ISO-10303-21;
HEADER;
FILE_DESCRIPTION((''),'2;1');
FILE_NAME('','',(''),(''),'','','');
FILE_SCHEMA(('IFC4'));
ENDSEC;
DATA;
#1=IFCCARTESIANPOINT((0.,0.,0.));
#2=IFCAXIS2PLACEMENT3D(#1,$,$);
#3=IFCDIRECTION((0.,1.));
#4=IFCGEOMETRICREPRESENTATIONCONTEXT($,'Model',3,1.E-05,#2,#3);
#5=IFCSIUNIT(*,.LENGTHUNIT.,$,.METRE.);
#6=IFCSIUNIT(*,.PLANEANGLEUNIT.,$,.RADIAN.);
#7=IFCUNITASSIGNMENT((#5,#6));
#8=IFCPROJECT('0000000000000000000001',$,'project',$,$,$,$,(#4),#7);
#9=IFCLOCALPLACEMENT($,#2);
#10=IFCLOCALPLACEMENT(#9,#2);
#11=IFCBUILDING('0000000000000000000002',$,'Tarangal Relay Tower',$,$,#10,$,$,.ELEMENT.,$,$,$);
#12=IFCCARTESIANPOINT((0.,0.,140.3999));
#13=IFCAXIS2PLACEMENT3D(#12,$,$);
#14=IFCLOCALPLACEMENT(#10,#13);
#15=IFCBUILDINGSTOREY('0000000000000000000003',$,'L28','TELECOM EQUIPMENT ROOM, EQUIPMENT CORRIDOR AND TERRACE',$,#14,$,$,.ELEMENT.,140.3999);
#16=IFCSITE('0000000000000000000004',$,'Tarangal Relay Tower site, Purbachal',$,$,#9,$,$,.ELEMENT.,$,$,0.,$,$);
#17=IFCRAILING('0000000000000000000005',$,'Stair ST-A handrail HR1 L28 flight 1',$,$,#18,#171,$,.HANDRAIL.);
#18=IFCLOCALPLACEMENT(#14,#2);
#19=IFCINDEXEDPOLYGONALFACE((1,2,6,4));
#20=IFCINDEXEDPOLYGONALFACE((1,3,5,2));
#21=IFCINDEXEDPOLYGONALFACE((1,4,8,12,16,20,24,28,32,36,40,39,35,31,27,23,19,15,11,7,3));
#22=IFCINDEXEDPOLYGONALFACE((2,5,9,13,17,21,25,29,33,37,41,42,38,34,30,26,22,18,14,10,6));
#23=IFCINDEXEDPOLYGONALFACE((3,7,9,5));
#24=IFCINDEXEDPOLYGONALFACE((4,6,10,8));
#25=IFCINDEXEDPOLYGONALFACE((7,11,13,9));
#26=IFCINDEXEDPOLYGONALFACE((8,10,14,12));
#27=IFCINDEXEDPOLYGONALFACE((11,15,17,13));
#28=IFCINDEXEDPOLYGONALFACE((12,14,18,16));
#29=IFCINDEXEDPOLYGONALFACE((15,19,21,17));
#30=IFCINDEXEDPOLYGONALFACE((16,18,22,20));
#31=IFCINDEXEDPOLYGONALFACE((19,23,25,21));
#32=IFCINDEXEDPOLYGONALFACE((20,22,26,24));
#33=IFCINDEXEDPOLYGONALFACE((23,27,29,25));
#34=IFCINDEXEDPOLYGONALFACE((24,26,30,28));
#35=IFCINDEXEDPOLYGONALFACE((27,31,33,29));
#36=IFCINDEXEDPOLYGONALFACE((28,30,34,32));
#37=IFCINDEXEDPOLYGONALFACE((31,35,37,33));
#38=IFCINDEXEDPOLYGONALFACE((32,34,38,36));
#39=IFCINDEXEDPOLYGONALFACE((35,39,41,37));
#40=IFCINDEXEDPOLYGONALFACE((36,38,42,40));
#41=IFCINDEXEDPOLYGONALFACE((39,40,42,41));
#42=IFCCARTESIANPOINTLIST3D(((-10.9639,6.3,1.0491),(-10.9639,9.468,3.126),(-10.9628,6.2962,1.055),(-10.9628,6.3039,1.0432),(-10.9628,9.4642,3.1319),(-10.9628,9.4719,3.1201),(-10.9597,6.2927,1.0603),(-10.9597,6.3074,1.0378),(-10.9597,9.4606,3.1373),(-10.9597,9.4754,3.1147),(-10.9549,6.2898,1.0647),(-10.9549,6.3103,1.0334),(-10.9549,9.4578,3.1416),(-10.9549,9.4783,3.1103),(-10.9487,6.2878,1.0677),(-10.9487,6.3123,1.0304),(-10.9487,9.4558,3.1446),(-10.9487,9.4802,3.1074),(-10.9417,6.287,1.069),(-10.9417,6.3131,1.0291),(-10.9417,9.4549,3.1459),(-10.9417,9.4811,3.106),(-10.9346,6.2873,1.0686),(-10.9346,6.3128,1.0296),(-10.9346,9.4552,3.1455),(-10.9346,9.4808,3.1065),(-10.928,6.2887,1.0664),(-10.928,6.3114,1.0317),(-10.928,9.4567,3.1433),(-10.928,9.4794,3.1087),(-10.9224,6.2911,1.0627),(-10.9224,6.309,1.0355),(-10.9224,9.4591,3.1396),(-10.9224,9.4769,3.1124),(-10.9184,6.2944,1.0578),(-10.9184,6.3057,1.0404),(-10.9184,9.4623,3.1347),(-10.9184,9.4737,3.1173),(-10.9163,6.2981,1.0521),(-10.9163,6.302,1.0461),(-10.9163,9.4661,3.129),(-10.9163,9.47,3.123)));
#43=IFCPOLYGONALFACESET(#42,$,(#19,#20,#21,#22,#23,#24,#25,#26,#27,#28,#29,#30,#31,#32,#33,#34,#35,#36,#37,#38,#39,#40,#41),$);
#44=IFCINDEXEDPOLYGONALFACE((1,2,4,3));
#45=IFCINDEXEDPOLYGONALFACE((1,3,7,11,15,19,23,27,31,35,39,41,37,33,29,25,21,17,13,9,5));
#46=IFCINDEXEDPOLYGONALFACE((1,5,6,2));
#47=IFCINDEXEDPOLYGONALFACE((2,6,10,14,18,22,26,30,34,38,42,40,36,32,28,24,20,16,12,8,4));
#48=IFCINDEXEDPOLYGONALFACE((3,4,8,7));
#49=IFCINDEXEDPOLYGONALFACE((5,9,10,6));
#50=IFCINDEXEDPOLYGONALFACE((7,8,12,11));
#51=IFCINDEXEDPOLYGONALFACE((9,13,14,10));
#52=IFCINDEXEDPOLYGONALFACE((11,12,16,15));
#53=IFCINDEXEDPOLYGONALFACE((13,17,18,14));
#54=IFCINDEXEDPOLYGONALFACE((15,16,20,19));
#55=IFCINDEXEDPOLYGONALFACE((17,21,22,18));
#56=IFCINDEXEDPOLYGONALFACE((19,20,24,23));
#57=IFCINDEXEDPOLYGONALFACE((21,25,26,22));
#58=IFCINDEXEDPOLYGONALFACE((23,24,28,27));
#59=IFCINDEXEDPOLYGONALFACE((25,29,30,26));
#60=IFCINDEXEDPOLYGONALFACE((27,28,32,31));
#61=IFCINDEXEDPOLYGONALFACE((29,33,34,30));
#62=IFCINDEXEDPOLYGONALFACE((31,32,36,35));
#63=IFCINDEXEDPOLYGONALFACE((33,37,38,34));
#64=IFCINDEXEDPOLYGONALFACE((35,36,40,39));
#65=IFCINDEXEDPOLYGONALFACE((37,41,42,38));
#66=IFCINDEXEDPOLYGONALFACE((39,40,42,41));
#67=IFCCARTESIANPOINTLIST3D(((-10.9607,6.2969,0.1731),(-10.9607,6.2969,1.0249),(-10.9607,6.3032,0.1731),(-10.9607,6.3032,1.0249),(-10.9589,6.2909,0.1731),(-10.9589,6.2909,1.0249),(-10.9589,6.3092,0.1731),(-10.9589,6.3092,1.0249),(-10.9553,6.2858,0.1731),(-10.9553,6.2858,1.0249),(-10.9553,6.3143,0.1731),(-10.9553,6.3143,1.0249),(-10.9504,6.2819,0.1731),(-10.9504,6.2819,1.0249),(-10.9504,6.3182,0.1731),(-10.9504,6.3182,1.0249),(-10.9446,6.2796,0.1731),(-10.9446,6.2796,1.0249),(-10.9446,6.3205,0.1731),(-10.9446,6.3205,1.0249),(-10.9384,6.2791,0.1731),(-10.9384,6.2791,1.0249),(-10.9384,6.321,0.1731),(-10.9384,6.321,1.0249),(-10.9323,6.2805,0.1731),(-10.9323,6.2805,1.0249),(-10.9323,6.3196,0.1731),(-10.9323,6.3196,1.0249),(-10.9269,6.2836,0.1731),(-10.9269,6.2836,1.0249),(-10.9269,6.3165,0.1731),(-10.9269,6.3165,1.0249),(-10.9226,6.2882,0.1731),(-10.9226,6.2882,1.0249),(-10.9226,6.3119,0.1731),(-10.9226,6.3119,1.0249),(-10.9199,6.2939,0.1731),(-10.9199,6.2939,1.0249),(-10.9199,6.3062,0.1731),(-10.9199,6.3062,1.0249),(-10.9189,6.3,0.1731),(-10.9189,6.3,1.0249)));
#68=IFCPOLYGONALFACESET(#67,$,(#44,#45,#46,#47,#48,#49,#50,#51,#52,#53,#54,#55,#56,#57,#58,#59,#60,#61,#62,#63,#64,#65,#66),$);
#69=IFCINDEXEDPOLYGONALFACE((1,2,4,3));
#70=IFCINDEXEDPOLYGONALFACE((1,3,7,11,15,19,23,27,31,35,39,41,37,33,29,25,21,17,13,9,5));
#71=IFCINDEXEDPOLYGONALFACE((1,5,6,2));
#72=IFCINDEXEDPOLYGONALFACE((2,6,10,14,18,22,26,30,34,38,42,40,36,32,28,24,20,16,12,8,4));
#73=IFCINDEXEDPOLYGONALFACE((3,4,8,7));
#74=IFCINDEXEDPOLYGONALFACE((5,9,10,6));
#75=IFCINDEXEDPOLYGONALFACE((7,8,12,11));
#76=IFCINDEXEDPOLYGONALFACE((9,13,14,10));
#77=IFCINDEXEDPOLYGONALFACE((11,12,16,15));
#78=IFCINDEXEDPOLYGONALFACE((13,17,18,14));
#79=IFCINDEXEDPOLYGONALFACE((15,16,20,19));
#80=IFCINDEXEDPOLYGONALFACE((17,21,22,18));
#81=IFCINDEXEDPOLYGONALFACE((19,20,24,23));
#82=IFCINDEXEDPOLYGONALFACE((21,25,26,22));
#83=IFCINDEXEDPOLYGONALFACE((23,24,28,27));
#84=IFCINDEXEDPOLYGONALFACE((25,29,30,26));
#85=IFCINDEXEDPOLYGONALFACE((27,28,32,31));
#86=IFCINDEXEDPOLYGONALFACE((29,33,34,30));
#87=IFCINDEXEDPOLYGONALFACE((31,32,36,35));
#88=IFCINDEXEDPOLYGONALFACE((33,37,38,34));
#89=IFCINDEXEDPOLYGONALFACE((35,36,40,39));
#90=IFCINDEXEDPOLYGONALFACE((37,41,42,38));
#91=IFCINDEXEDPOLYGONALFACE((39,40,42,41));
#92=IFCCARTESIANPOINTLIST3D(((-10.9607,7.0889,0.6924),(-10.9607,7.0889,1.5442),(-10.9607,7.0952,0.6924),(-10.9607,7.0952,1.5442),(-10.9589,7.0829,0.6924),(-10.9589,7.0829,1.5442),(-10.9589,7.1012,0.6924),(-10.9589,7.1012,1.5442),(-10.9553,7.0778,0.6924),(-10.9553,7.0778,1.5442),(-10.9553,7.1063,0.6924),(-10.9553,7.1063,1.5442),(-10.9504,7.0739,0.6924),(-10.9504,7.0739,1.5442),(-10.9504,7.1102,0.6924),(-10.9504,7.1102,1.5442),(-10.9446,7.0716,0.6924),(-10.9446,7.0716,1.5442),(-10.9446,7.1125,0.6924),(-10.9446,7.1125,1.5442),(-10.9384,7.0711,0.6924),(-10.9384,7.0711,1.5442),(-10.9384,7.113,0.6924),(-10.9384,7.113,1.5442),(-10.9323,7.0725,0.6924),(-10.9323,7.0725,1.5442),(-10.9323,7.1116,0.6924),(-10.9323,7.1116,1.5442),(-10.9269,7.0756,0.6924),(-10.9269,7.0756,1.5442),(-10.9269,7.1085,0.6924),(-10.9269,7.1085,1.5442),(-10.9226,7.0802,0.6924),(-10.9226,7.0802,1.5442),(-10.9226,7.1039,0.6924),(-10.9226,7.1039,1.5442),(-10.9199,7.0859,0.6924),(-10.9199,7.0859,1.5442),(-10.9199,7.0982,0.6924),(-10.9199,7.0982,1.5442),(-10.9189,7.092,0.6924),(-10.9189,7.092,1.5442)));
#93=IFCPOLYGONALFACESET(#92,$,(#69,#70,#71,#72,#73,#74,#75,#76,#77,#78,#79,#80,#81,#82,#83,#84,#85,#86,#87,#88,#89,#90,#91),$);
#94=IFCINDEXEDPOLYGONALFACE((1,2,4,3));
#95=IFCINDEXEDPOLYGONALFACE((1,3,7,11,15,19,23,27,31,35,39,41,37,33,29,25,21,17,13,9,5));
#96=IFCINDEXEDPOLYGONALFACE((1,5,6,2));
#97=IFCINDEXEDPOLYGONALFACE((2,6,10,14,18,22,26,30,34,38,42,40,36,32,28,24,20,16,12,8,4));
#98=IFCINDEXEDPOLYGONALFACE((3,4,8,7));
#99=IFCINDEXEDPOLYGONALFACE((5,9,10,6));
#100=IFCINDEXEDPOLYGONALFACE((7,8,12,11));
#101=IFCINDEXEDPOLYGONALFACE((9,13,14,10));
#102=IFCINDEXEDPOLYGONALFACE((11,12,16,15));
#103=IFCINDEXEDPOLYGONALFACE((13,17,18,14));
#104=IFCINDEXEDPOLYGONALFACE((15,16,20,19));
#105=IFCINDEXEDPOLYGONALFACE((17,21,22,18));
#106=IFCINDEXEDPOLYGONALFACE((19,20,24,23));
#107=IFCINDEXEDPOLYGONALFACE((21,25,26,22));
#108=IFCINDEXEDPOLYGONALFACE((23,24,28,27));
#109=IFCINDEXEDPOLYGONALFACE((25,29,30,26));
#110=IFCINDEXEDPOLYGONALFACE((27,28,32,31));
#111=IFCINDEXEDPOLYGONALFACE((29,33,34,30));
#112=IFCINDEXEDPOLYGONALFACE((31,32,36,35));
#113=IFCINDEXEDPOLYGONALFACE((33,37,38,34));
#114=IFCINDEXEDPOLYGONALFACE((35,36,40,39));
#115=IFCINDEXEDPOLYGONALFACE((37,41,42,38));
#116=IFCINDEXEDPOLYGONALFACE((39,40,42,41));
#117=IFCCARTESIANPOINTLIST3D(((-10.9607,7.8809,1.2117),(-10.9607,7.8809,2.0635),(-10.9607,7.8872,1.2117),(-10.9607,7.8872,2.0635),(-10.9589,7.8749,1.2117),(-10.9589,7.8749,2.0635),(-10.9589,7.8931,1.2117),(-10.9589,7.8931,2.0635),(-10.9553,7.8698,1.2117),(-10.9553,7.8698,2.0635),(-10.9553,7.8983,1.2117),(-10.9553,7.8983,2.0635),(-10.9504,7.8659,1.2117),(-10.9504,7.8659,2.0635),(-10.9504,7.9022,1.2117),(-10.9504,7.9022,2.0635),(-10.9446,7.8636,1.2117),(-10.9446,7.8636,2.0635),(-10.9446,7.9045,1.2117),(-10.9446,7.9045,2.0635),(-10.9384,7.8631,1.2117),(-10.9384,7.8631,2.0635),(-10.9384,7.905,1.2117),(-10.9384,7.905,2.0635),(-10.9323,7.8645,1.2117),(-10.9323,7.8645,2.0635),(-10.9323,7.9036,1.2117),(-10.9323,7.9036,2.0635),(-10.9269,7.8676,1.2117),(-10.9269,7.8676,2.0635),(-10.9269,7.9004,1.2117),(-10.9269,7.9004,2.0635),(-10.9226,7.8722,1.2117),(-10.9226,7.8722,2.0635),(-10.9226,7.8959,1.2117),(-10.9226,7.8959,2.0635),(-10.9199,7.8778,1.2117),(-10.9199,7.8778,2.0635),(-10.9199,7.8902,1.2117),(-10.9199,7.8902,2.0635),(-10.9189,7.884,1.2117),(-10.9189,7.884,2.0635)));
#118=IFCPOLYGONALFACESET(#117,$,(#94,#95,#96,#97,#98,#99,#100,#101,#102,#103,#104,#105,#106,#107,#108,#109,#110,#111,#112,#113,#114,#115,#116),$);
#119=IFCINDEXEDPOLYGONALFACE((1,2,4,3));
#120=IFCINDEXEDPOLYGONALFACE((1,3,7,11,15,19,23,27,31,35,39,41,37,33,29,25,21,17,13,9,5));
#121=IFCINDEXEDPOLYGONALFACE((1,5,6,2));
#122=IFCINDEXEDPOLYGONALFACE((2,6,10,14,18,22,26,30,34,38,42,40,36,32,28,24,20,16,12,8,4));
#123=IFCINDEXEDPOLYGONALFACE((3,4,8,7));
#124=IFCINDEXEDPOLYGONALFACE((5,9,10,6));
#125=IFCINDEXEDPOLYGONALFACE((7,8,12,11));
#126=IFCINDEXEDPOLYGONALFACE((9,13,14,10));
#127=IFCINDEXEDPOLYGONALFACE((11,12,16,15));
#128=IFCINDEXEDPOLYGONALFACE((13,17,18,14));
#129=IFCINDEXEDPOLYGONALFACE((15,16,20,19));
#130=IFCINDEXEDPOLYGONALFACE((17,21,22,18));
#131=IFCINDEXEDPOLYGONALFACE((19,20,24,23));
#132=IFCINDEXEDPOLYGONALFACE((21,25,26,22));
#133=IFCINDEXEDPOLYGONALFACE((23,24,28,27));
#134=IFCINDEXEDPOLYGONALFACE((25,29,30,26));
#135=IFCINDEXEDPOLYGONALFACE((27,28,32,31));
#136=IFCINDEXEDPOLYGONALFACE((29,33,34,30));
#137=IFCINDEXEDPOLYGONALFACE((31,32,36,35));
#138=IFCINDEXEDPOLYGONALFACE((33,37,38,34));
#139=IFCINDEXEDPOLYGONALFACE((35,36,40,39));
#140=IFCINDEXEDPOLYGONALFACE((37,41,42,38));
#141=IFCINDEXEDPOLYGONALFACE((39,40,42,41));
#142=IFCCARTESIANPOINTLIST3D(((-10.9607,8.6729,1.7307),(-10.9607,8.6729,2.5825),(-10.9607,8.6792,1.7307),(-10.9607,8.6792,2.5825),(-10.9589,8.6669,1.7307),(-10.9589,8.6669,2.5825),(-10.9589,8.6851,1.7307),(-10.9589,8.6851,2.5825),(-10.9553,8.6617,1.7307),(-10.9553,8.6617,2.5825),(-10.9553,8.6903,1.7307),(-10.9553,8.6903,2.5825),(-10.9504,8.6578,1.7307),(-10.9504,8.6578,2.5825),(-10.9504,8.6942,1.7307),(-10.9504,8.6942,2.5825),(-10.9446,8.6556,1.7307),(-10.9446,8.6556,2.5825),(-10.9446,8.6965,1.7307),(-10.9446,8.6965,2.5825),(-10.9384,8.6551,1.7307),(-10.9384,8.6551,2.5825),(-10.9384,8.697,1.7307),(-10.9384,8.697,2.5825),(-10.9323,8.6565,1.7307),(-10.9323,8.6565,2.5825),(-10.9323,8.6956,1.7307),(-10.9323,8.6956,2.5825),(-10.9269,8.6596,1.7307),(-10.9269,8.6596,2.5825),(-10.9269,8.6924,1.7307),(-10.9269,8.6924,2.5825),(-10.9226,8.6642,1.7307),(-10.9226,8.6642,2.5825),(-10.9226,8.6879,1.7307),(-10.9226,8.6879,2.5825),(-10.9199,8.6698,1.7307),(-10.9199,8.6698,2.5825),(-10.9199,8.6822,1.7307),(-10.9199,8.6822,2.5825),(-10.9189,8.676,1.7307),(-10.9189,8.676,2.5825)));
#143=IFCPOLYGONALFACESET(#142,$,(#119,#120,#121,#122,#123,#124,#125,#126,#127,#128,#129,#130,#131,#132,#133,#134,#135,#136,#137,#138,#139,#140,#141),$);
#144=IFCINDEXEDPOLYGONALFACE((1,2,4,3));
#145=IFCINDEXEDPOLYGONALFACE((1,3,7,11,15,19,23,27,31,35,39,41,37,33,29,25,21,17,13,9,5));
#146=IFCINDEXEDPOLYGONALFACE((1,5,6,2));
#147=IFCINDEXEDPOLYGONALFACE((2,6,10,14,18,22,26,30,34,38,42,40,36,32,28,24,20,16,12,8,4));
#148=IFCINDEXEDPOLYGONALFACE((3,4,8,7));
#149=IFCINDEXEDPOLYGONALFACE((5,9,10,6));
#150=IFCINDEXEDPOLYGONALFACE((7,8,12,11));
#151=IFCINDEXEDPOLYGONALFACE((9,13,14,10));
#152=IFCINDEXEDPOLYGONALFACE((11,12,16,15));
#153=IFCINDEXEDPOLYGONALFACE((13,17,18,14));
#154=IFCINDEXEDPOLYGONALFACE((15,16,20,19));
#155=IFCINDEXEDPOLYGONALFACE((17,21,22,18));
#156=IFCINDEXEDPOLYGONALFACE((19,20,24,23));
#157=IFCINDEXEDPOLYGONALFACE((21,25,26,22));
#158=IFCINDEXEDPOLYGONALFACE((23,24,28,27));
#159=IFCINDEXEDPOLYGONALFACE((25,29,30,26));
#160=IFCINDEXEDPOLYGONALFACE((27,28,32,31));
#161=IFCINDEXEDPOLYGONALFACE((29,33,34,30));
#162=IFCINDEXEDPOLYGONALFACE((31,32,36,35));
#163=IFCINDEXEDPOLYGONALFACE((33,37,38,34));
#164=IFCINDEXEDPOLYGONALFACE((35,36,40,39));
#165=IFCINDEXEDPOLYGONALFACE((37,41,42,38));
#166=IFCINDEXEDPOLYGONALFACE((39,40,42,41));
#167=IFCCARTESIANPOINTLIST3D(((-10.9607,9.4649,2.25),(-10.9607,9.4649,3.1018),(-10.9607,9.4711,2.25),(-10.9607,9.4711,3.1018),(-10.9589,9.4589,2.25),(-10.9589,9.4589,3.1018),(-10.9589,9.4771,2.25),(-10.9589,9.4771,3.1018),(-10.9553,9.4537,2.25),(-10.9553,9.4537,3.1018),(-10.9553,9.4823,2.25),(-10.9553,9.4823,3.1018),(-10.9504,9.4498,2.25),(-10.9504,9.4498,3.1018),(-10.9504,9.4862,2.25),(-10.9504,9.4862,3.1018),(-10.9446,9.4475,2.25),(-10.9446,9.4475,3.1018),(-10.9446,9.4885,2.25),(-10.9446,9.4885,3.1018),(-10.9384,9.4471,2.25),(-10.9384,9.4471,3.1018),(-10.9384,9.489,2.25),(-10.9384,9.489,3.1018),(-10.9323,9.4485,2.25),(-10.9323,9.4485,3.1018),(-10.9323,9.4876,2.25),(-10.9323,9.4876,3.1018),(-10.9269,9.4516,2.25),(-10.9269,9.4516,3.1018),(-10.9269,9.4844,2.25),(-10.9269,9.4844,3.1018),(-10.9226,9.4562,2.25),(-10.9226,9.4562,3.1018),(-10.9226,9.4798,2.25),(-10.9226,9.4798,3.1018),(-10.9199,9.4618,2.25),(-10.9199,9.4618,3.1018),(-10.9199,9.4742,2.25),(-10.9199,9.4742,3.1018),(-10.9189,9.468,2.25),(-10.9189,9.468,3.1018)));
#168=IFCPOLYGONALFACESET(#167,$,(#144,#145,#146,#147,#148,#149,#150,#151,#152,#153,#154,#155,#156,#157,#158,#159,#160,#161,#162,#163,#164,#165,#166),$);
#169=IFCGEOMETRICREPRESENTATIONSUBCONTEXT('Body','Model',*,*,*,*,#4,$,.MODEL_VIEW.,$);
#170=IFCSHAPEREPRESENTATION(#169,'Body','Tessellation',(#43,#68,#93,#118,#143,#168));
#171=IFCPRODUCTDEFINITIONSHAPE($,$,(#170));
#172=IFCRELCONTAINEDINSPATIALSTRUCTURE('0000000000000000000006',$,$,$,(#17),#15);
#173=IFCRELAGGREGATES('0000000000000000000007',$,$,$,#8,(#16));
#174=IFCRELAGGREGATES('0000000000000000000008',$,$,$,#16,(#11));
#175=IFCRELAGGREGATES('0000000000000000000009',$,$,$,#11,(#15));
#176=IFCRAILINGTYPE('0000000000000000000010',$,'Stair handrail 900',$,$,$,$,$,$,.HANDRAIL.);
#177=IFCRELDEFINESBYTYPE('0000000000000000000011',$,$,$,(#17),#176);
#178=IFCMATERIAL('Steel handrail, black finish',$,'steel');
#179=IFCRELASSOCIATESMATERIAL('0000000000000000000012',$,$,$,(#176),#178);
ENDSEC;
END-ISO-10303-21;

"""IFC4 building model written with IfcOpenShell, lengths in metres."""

from ifc_helpers import new_model, si_unit, direction, frame, origin, origin_2d, place, context, subcontext, project, spatial, circle, extrude, material, type_object, element, save


model = new_model("IFC4")

# Units and contexts
model_context = context("Model", 3, precision=1e-05, world=origin(), true_north=direction((0.0, 1.0)))
body_context = subcontext(model_context, "Body", "Model", "MODEL_VIEW")
ifc_project = project(units=[si_unit("LENGTHUNIT", "METRE"), si_unit("PLANEANGLEUNIT", "RADIAN")], contexts=[model_context])

# Site, building, storey
site_placement = place(None, origin())
site = spatial("IfcSite", under=ifc_project, at=site_placement, Name="Tarangal Relay Tower site, Purbachal", CompositionType="ELEMENT", RefElevation=0.0)
building_placement = place(site_placement, origin())
building = spatial("IfcBuilding", under=site, at=building_placement, Name="Tarangal Relay Tower", CompositionType="ELEMENT")
storey_placement = place(building_placement, frame((0.0, 0.0, 140.3999)))
storey = spatial("IfcBuildingStorey", under=building, at=storey_placement, Name="L28", Description="TELECOM EQUIPMENT ROOM, EQUIPMENT CORRIDOR AND TERRACE", CompositionType="ELEMENT", Elevation=140.3999)

# Railing
ifc_material_1 = material(Name="Steel handrail, black finish", Category="steel")
railing_type = type_object("IfcRailingType", Name="Stair handrail 900", PredefinedType="HANDRAIL", material=ifc_material_1)
railing_placement = place(storey_placement, frame((-10.9399, 6.3, 0.1731)))
element("IfcRailing", 1, at=railing_placement, inside=storey, type_object=railing_type, Name="Stair ST-A handrail HR1 L28 flight 1", PredefinedType="HANDRAIL", context=body_context, shape_type="SweptSolid", body=[
    extrude(circle(Radius=0.0239, at=origin_2d()), frame((0.0, 0.0, 0.876), z_axis=(0.0, 0.836299, 0.548273), x_axis=(-1.0, 0.0, 0.0)), (0.0, 0.0, 1.0), 3.7881),
    extrude(circle(Radius=0.021, at=origin_2d()), origin(), (0.0, 0.0, 1.0), 0.8518),
    extrude(circle(Radius=0.021, at=origin_2d()), frame((0.0, 0.792, 0.5193)), (0.0, 0.0, 1.0), 0.8518),
    extrude(circle(Radius=0.021, at=origin_2d()), frame((0.0, 1.584, 1.0386)), (0.0, 0.0, 1.0), 0.8518),
    extrude(circle(Radius=0.021, at=origin_2d()), frame((0.0, 2.376, 1.5576)), (0.0, 0.0, 1.0), 0.8518),
    extrude(circle(Radius=0.021, at=origin_2d()), frame((0.0, 3.168, 2.0769)), (0.0, 0.0, 1.0), 0.8518),
])

save(model, "model.ifc")
